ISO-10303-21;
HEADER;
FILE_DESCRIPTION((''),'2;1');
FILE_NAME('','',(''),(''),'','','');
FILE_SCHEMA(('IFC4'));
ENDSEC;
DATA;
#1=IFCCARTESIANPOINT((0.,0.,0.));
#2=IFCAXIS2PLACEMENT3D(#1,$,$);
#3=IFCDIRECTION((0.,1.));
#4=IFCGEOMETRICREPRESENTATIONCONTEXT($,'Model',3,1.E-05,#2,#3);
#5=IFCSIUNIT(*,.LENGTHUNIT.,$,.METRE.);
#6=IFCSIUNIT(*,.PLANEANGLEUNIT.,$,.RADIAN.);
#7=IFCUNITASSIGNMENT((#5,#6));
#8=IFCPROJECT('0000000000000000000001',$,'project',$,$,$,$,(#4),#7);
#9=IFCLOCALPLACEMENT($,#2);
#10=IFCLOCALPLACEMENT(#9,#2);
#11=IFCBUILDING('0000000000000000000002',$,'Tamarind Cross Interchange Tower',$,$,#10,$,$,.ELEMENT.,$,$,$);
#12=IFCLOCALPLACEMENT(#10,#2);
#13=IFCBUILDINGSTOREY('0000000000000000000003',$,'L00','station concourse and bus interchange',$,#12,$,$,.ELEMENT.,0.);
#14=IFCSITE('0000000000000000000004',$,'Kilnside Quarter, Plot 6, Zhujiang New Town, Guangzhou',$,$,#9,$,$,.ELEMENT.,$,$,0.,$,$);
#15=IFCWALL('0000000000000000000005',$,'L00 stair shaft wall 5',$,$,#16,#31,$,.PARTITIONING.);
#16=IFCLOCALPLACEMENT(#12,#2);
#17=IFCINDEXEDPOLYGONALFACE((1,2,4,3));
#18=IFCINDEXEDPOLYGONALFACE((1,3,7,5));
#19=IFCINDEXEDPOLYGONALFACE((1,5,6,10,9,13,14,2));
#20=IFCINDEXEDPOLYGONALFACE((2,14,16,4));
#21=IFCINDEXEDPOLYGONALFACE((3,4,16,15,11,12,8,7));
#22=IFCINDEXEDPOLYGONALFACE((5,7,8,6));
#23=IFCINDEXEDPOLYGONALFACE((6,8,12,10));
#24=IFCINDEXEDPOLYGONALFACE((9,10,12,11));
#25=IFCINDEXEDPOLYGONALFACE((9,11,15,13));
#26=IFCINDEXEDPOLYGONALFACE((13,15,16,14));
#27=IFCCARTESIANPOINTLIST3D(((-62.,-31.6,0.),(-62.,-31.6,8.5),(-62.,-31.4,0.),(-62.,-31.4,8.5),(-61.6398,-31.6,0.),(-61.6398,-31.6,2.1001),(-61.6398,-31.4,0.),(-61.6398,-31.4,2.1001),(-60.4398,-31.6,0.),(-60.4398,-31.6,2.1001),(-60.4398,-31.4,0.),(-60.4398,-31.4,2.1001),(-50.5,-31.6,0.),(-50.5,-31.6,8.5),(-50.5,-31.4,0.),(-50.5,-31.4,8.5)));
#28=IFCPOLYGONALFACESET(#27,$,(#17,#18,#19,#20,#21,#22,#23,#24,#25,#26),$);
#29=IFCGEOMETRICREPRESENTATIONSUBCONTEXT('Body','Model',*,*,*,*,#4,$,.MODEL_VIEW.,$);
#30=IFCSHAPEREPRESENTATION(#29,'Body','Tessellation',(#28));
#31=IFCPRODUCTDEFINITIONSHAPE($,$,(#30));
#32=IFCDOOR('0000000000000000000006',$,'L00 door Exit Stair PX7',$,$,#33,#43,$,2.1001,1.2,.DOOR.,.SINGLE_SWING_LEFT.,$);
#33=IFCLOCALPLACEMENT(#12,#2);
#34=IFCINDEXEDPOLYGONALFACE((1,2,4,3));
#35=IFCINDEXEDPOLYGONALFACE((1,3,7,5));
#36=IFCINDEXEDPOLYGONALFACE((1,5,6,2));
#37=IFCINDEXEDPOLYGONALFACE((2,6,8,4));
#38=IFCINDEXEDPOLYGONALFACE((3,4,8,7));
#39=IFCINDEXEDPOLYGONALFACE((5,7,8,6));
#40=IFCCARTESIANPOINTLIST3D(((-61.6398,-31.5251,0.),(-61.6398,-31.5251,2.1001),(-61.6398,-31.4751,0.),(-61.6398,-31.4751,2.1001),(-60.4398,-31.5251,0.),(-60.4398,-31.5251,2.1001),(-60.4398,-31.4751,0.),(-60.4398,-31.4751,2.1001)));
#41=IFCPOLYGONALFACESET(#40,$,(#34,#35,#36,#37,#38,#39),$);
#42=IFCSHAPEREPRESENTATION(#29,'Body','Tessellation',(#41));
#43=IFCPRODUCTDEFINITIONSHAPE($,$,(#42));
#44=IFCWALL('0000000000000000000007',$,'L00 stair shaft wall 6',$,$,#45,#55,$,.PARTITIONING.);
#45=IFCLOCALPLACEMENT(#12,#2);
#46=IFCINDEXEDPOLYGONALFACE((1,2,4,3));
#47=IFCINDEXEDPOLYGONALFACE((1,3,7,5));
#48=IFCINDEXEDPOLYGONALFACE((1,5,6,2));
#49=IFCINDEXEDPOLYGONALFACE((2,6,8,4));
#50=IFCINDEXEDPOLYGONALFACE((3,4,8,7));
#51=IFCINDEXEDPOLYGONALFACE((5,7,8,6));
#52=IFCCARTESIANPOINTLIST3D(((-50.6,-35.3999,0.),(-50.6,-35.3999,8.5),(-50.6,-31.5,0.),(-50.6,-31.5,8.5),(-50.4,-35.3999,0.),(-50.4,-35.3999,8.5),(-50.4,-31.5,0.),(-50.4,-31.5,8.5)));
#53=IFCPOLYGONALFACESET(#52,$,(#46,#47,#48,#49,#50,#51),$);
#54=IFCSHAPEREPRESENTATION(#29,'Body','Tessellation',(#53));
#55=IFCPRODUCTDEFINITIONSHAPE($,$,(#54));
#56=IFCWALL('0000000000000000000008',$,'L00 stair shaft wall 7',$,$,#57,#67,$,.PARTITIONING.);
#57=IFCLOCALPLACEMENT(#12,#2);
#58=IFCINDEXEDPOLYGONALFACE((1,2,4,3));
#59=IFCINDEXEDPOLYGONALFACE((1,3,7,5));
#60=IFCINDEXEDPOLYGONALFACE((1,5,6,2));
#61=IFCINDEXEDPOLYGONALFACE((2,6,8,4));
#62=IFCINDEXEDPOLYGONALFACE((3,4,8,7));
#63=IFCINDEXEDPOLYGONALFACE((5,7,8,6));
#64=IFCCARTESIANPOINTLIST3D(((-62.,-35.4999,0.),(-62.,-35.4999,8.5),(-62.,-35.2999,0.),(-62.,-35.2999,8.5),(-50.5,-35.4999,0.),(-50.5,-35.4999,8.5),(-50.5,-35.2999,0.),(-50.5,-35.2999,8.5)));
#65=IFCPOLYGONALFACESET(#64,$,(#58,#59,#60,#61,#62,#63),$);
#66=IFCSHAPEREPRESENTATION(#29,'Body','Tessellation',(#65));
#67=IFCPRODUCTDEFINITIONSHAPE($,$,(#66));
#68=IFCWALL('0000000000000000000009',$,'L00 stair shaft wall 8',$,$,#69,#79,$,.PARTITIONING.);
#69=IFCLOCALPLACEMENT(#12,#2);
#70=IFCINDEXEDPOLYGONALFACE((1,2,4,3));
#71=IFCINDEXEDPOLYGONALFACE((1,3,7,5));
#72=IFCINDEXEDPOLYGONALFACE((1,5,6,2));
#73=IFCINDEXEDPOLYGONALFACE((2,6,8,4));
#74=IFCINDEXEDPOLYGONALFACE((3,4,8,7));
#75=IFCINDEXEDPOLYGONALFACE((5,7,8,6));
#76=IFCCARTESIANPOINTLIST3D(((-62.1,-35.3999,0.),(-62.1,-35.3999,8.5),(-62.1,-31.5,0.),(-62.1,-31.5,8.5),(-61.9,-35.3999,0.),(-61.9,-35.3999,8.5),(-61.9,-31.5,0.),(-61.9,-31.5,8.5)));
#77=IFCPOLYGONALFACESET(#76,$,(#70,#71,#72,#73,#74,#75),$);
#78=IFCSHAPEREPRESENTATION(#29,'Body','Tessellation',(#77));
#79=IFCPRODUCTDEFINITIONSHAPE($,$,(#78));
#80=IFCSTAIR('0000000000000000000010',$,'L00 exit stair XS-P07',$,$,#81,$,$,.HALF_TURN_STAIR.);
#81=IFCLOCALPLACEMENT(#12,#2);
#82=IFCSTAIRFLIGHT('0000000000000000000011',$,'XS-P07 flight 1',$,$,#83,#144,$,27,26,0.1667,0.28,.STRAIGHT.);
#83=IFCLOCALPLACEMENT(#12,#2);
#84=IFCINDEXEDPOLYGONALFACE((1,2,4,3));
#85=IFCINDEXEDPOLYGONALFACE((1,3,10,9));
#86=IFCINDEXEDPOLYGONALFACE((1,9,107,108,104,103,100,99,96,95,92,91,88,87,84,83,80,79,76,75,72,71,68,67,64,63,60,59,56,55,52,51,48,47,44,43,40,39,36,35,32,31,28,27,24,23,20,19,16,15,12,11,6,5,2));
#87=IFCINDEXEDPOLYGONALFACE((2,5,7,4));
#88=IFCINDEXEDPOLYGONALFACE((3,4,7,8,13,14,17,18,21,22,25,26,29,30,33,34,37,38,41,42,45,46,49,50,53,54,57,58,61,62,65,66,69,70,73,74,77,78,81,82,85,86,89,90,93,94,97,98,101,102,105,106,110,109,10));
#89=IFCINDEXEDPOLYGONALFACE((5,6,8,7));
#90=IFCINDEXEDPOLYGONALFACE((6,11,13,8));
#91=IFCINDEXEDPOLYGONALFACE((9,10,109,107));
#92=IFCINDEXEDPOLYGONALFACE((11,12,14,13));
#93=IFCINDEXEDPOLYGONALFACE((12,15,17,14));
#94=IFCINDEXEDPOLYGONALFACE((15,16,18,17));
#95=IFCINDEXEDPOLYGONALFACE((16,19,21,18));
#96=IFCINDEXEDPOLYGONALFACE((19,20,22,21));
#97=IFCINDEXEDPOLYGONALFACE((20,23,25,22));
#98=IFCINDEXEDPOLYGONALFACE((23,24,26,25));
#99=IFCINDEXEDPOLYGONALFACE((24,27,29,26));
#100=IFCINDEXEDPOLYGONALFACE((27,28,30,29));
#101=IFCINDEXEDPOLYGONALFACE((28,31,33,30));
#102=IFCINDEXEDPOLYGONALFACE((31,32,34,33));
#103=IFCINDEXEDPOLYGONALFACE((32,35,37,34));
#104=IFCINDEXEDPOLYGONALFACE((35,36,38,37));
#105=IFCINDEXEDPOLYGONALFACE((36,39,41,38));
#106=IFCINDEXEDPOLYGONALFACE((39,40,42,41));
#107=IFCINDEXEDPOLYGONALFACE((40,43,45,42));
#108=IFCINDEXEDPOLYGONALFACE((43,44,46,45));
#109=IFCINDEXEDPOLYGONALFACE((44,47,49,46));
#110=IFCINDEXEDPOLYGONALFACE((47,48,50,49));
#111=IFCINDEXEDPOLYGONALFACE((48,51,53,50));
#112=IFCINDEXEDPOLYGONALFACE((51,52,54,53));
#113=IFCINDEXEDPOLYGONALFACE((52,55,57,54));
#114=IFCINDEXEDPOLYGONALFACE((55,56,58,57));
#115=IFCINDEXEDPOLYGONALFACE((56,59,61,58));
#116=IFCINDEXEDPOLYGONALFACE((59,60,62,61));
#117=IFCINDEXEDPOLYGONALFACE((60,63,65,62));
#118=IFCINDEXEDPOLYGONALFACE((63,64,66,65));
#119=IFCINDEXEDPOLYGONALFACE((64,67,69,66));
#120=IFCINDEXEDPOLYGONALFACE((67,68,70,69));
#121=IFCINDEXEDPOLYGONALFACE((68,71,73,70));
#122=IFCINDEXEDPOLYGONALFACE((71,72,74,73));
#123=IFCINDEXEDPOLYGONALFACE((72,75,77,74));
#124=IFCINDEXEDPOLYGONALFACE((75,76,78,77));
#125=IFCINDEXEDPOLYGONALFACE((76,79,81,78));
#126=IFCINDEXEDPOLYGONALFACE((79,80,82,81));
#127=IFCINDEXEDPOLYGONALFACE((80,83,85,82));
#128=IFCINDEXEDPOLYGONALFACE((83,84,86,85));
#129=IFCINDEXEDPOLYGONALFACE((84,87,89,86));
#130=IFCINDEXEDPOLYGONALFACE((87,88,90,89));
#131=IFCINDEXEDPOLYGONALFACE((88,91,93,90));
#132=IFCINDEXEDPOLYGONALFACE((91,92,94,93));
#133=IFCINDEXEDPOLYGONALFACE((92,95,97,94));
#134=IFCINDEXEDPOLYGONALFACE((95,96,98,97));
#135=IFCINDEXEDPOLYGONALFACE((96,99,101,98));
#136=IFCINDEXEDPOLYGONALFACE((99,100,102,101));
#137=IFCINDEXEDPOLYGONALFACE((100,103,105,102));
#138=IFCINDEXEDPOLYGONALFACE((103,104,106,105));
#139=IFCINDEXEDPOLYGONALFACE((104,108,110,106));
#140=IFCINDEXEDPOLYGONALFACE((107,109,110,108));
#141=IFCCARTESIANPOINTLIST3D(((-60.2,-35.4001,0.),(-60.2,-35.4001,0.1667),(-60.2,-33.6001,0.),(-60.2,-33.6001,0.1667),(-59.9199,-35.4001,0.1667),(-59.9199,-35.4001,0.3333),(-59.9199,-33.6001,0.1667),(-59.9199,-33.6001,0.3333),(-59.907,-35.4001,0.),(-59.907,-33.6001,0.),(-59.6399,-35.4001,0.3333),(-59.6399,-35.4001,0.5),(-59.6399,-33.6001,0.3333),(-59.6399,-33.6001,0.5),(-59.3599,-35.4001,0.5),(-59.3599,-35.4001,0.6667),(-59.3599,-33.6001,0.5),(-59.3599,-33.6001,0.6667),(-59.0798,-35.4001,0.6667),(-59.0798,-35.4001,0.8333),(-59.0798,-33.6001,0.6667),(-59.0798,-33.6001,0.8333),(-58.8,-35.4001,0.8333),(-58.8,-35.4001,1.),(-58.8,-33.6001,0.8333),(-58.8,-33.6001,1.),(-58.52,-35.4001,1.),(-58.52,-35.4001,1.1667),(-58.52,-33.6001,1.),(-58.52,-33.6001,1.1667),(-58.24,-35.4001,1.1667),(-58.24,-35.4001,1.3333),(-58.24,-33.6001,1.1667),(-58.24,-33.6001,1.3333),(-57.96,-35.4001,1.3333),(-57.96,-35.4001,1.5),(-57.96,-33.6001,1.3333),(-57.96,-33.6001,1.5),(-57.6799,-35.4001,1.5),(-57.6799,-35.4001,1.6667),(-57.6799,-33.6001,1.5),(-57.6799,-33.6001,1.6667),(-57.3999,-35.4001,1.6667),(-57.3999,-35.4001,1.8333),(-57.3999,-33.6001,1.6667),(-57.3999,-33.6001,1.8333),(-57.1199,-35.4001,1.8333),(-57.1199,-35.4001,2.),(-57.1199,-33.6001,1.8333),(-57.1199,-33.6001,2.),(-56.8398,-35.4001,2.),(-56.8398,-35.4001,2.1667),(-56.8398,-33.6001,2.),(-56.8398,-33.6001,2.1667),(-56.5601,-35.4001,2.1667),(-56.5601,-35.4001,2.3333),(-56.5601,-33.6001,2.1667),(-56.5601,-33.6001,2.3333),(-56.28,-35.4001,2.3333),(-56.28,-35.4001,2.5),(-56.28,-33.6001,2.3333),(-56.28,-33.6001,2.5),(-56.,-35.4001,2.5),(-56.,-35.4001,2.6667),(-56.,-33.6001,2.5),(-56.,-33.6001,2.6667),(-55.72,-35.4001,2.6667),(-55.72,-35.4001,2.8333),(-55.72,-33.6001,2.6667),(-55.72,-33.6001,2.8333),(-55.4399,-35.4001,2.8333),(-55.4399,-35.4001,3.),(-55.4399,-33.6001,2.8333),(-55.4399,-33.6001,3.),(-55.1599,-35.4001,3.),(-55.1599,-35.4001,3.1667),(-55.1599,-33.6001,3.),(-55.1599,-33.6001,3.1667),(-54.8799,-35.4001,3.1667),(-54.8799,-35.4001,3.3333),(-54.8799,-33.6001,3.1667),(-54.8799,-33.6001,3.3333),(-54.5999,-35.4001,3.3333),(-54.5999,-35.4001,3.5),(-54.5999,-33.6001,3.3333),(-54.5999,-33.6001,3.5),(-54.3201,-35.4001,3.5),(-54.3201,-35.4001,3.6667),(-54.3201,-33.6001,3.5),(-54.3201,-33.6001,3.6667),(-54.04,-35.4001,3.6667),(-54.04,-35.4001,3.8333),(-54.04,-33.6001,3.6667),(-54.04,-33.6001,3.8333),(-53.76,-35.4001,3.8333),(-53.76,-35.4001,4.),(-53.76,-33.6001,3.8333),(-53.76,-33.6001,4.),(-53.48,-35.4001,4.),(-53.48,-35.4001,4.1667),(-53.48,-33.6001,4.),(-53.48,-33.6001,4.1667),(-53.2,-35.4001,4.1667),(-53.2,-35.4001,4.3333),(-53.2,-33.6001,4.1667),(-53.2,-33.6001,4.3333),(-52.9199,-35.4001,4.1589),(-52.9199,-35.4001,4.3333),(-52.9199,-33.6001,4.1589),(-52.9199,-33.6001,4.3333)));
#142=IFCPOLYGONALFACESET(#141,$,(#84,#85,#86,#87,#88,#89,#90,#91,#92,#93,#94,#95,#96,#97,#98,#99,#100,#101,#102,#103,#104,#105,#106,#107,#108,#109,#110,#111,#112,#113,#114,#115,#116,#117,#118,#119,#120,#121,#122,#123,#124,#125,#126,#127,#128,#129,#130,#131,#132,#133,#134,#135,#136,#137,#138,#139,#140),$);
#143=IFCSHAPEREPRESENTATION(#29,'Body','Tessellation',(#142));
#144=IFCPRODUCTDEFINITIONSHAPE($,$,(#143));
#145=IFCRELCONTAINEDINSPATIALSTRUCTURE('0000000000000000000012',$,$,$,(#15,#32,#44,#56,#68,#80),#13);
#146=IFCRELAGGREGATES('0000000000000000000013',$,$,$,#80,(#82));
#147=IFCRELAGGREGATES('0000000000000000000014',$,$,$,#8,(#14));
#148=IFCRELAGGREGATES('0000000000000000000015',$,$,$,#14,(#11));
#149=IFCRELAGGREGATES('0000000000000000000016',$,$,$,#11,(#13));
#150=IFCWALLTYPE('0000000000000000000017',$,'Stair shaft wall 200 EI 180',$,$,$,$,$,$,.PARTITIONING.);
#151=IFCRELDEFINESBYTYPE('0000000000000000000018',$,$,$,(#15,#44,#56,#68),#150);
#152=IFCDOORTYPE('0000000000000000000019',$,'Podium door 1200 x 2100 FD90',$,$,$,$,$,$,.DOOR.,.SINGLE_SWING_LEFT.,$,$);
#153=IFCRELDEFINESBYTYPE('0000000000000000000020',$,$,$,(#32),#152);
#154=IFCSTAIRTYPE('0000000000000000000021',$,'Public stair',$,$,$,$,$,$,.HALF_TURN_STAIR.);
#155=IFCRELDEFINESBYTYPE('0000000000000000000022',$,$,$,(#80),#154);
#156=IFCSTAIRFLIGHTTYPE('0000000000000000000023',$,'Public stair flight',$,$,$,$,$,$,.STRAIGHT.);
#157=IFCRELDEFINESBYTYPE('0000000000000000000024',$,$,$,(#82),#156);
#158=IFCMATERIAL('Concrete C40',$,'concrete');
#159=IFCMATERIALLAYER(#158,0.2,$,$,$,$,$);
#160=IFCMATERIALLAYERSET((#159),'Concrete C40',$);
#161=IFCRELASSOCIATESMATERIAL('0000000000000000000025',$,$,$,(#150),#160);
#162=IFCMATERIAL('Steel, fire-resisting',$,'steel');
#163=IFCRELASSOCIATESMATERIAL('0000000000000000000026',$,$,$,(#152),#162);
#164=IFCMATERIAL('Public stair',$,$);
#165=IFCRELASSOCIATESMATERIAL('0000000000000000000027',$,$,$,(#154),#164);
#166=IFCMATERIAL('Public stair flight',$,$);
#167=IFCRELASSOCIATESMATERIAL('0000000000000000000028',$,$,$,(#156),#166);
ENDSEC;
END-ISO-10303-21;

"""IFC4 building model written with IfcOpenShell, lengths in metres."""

from ifc_helpers import new_model, si_unit, direction, frame, frame_2d, origin, place, context, subcontext, project, spatial, polyline, rectangle, outline, extrude, material, layer, layer_set, type_object, element, fill, aggregate, save


model = new_model("IFC4")

# Units and contexts
model_context = context("Model", 3, precision=1e-05, world=origin(), true_north=direction((0.0, 1.0)))
body_context = subcontext(model_context, "Body", "Model", "MODEL_VIEW")
ifc_project = project(units=[si_unit("LENGTHUNIT", "METRE"), si_unit("PLANEANGLEUNIT", "RADIAN")], contexts=[model_context])

# Site, building, storey
site_placement = place(None, origin())
site = spatial("IfcSite", under=ifc_project, at=site_placement, Name="Kilnside Quarter, Plot 6, Zhujiang New Town, Guangzhou", CompositionType="ELEMENT", RefElevation=0.0)
building_placement = place(site_placement, origin())
building = spatial("IfcBuilding", under=site, at=building_placement, Name="Tamarind Cross Interchange Tower", CompositionType="ELEMENT")
storey_placement = place(building_placement, origin())
storey = spatial("IfcBuildingStorey", under=building, at=storey_placement, Name="L00", Description="station concourse and bus interchange", CompositionType="ELEMENT", Elevation=0.0)

# Shared definitions
ifc_material_1 = material(Name="Concrete C40", Category="concrete")

# Wall, opening, door
ifc_layer_1 = layer(ifc_material_1, 0.2)
ifc_layer_set_1 = layer_set([ifc_layer_1], Name="Concrete C40")
wall_type_1 = type_object("IfcWallType", Name="Stair shaft wall 200 EI 180", PredefinedType="PARTITIONING", material=ifc_layer_set_1)
wall_1_placement = place(storey_placement, frame((-62.0, -31.5, 0.0), z_axis=(0.0, 0.0, 1.0), x_axis=(1.0, 0.0, 0.0)))
wall_1 = element("IfcWall", 1, at=wall_1_placement, inside=storey, type_object=wall_type_1, Name="L00 stair shaft wall 5", PredefinedType="PARTITIONING", context=body_context, shape_type="SweptSolid", body=[
    extrude(rectangle(XDim=11.5, YDim=0.2, at=frame_2d((5.75, 0.0))), origin(), (0.0, 0.0, 1.0), 8.5),
])
opening_1_placement = place(wall_1_placement, frame((0.3601, 0.0, 0.0)))
opening_1 = element("IfcOpeningElement", 2, at=opening_1_placement, cuts=wall_1, PredefinedType="OPENING", context=body_context, shape_type="SweptSolid", body=[
    extrude(rectangle(XDim=1.2, YDim=2.1001, at=frame_2d((0.6001, 1.05))), frame((0.0, 0.1099, 0.0), z_axis=(0.0, -1.0, 0.0), x_axis=(1.0, 0.0, 0.0)), (0.0, 0.0, 1.0), 0.22),
])
ifc_material_2 = material(Name="Steel, fire-resisting", Category="steel")
door_type_1 = type_object("IfcDoorType", Name="Podium door 1200 x 2100 FD90", OperationType="SINGLE_SWING_LEFT", PredefinedType="DOOR", material=ifc_material_2)
door_1_placement = place(opening_1_placement, origin())
door_1 = element("IfcDoor", 3, at=door_1_placement, inside=storey, type_object=door_type_1, Name="L00 door Exit Stair PX7", OperationType="SINGLE_SWING_LEFT", OverallHeight=2.1001, OverallWidth=1.2, PredefinedType="DOOR", context=body_context, shape_type="SweptSolid", body=[
    extrude(rectangle(XDim=1.2, YDim=2.1001, at=frame_2d((0.6001, 1.05))), frame((0.0, 0.0249, 0.0), z_axis=(0.0, -1.0, 0.0), x_axis=(1.0, 0.0, 0.0)), (0.0, 0.0, 1.0), 0.05),
])
fill(opening_1, door_1)

# Walls
wall_2_placement = place(storey_placement, frame((-50.5, -35.3999, 0.0), z_axis=(0.0, 0.0, 1.0), x_axis=(0.0, 1.0, 0.0)))
element("IfcWall", 4, at=wall_2_placement, inside=storey, type_object=wall_type_1, Name="L00 stair shaft wall 6", PredefinedType="PARTITIONING", context=body_context, shape_type="SweptSolid", body=[
    extrude(rectangle(XDim=3.8999, YDim=0.2, at=frame_2d((1.95, 0.0))), origin(), (0.0, 0.0, 1.0), 8.5),
])
wall_3_placement = place(storey_placement, frame((-62.0, -35.3999, 0.0), z_axis=(0.0, 0.0, 1.0), x_axis=(1.0, 0.0, 0.0)))
element("IfcWall", 5, at=wall_3_placement, inside=storey, type_object=wall_type_1, Name="L00 stair shaft wall 7", PredefinedType="PARTITIONING", context=body_context, shape_type="SweptSolid", body=[
    extrude(rectangle(XDim=11.5, YDim=0.2, at=frame_2d((5.75, 0.0))), origin(), (0.0, 0.0, 1.0), 8.5),
])
wall_4_placement = place(storey_placement, frame((-62.0, -35.3999, 0.0), z_axis=(0.0, 0.0, 1.0), x_axis=(0.0, 1.0, 0.0)))
element("IfcWall", 6, at=wall_4_placement, inside=storey, type_object=wall_type_1, Name="L00 stair shaft wall 8", PredefinedType="PARTITIONING", context=body_context, shape_type="SweptSolid", body=[
    extrude(rectangle(XDim=3.8999, YDim=0.2, at=frame_2d((1.95, 0.0))), origin(), (0.0, 0.0, 1.0), 8.5),
])

# Stair, stair flight
ifc_material_3 = material(Name="Public stair")
stair_type = type_object("IfcStairType", Name="Public stair", PredefinedType="HALF_TURN_STAIR", material=ifc_material_3)
stair_placement = place(storey_placement, origin())
stair = element("IfcStair", 7, at=stair_placement, inside=storey, type_object=stair_type, Name="L00 exit stair XS-P07", PredefinedType="HALF_TURN_STAIR")
ifc_material_4 = material(Name="Public stair flight")
stair_flight_type = type_object("IfcStairFlightType", Name="Public stair flight", PredefinedType="STRAIGHT", material=ifc_material_4)
stair_flight_1_placement = place(storey_placement, frame((-60.2, -34.5, 0.0), z_axis=(0.0, 0.0, 1.0), x_axis=(1.0, 0.0, 0.0)))
stair_flight_1 = element("IfcStairFlight", 8, at=stair_flight_1_placement, type_object=stair_flight_type, Name="XS-P07 flight 1", NumberOfRisers=27, NumberOfTreads=26, PredefinedType="STRAIGHT", RiserHeight=0.1667, TreadLength=0.28, context=body_context, shape_type="SweptSolid", body=[
    extrude(outline(polyline([(0.0, 0.0), (0.0, 0.1667), (0.28, 0.1667), (0.28, 0.3333), (0.5601, 0.3333), (0.5601, 0.5), (0.8401, 0.5), (0.8401, 0.6667), (1.1201, 0.6667), (1.1201, 0.8333), (1.3999, 0.8333), (1.3999, 1.0), (1.6799, 1.0), (1.6799, 1.1667), (1.96, 1.1667), (1.96, 1.3333), (2.24, 1.3333), (2.24, 1.5), (2.52, 1.5), (2.52, 1.6667), (2.8, 1.6667), (2.8, 1.8333), (3.0801, 1.8333), (3.0801, 2.0), (3.3601, 2.0), (3.3601, 2.1667), (3.6399, 2.1667), (3.6399, 2.3333), (3.9199, 2.3333), (3.9199, 2.5), (4.2, 2.5), (4.2, 2.6667), (4.48, 2.6667), (4.48, 2.8333), (4.76, 2.8333), (4.76, 3.0), (5.04, 3.0), (5.04, 3.1667), (5.3201, 3.1667), (5.3201, 3.3333), (5.6001, 3.3333), (5.6001, 3.5), (5.8799, 3.5), (5.8799, 3.6667), (6.1599, 3.6667), (6.1599, 3.8333), (6.4399, 3.8333), (6.4399, 4.0), (6.72, 4.0), (6.72, 4.1667), (7.0, 4.1667), (7.0, 4.3333), (7.28, 4.3333), (7.28, 4.5), (7.28, 4.1589), (0.293, 0.0), (0.0, 0.0)])), frame((0.0, 0.8999, 0.0), z_axis=(0.0, -1.0, 0.0), x_axis=(1.0, 0.0, 0.0)), (0.0, 0.0, 1.0), 1.8),
])
aggregate(stair, [stair_flight_1])

save(model, "model.ifc")
